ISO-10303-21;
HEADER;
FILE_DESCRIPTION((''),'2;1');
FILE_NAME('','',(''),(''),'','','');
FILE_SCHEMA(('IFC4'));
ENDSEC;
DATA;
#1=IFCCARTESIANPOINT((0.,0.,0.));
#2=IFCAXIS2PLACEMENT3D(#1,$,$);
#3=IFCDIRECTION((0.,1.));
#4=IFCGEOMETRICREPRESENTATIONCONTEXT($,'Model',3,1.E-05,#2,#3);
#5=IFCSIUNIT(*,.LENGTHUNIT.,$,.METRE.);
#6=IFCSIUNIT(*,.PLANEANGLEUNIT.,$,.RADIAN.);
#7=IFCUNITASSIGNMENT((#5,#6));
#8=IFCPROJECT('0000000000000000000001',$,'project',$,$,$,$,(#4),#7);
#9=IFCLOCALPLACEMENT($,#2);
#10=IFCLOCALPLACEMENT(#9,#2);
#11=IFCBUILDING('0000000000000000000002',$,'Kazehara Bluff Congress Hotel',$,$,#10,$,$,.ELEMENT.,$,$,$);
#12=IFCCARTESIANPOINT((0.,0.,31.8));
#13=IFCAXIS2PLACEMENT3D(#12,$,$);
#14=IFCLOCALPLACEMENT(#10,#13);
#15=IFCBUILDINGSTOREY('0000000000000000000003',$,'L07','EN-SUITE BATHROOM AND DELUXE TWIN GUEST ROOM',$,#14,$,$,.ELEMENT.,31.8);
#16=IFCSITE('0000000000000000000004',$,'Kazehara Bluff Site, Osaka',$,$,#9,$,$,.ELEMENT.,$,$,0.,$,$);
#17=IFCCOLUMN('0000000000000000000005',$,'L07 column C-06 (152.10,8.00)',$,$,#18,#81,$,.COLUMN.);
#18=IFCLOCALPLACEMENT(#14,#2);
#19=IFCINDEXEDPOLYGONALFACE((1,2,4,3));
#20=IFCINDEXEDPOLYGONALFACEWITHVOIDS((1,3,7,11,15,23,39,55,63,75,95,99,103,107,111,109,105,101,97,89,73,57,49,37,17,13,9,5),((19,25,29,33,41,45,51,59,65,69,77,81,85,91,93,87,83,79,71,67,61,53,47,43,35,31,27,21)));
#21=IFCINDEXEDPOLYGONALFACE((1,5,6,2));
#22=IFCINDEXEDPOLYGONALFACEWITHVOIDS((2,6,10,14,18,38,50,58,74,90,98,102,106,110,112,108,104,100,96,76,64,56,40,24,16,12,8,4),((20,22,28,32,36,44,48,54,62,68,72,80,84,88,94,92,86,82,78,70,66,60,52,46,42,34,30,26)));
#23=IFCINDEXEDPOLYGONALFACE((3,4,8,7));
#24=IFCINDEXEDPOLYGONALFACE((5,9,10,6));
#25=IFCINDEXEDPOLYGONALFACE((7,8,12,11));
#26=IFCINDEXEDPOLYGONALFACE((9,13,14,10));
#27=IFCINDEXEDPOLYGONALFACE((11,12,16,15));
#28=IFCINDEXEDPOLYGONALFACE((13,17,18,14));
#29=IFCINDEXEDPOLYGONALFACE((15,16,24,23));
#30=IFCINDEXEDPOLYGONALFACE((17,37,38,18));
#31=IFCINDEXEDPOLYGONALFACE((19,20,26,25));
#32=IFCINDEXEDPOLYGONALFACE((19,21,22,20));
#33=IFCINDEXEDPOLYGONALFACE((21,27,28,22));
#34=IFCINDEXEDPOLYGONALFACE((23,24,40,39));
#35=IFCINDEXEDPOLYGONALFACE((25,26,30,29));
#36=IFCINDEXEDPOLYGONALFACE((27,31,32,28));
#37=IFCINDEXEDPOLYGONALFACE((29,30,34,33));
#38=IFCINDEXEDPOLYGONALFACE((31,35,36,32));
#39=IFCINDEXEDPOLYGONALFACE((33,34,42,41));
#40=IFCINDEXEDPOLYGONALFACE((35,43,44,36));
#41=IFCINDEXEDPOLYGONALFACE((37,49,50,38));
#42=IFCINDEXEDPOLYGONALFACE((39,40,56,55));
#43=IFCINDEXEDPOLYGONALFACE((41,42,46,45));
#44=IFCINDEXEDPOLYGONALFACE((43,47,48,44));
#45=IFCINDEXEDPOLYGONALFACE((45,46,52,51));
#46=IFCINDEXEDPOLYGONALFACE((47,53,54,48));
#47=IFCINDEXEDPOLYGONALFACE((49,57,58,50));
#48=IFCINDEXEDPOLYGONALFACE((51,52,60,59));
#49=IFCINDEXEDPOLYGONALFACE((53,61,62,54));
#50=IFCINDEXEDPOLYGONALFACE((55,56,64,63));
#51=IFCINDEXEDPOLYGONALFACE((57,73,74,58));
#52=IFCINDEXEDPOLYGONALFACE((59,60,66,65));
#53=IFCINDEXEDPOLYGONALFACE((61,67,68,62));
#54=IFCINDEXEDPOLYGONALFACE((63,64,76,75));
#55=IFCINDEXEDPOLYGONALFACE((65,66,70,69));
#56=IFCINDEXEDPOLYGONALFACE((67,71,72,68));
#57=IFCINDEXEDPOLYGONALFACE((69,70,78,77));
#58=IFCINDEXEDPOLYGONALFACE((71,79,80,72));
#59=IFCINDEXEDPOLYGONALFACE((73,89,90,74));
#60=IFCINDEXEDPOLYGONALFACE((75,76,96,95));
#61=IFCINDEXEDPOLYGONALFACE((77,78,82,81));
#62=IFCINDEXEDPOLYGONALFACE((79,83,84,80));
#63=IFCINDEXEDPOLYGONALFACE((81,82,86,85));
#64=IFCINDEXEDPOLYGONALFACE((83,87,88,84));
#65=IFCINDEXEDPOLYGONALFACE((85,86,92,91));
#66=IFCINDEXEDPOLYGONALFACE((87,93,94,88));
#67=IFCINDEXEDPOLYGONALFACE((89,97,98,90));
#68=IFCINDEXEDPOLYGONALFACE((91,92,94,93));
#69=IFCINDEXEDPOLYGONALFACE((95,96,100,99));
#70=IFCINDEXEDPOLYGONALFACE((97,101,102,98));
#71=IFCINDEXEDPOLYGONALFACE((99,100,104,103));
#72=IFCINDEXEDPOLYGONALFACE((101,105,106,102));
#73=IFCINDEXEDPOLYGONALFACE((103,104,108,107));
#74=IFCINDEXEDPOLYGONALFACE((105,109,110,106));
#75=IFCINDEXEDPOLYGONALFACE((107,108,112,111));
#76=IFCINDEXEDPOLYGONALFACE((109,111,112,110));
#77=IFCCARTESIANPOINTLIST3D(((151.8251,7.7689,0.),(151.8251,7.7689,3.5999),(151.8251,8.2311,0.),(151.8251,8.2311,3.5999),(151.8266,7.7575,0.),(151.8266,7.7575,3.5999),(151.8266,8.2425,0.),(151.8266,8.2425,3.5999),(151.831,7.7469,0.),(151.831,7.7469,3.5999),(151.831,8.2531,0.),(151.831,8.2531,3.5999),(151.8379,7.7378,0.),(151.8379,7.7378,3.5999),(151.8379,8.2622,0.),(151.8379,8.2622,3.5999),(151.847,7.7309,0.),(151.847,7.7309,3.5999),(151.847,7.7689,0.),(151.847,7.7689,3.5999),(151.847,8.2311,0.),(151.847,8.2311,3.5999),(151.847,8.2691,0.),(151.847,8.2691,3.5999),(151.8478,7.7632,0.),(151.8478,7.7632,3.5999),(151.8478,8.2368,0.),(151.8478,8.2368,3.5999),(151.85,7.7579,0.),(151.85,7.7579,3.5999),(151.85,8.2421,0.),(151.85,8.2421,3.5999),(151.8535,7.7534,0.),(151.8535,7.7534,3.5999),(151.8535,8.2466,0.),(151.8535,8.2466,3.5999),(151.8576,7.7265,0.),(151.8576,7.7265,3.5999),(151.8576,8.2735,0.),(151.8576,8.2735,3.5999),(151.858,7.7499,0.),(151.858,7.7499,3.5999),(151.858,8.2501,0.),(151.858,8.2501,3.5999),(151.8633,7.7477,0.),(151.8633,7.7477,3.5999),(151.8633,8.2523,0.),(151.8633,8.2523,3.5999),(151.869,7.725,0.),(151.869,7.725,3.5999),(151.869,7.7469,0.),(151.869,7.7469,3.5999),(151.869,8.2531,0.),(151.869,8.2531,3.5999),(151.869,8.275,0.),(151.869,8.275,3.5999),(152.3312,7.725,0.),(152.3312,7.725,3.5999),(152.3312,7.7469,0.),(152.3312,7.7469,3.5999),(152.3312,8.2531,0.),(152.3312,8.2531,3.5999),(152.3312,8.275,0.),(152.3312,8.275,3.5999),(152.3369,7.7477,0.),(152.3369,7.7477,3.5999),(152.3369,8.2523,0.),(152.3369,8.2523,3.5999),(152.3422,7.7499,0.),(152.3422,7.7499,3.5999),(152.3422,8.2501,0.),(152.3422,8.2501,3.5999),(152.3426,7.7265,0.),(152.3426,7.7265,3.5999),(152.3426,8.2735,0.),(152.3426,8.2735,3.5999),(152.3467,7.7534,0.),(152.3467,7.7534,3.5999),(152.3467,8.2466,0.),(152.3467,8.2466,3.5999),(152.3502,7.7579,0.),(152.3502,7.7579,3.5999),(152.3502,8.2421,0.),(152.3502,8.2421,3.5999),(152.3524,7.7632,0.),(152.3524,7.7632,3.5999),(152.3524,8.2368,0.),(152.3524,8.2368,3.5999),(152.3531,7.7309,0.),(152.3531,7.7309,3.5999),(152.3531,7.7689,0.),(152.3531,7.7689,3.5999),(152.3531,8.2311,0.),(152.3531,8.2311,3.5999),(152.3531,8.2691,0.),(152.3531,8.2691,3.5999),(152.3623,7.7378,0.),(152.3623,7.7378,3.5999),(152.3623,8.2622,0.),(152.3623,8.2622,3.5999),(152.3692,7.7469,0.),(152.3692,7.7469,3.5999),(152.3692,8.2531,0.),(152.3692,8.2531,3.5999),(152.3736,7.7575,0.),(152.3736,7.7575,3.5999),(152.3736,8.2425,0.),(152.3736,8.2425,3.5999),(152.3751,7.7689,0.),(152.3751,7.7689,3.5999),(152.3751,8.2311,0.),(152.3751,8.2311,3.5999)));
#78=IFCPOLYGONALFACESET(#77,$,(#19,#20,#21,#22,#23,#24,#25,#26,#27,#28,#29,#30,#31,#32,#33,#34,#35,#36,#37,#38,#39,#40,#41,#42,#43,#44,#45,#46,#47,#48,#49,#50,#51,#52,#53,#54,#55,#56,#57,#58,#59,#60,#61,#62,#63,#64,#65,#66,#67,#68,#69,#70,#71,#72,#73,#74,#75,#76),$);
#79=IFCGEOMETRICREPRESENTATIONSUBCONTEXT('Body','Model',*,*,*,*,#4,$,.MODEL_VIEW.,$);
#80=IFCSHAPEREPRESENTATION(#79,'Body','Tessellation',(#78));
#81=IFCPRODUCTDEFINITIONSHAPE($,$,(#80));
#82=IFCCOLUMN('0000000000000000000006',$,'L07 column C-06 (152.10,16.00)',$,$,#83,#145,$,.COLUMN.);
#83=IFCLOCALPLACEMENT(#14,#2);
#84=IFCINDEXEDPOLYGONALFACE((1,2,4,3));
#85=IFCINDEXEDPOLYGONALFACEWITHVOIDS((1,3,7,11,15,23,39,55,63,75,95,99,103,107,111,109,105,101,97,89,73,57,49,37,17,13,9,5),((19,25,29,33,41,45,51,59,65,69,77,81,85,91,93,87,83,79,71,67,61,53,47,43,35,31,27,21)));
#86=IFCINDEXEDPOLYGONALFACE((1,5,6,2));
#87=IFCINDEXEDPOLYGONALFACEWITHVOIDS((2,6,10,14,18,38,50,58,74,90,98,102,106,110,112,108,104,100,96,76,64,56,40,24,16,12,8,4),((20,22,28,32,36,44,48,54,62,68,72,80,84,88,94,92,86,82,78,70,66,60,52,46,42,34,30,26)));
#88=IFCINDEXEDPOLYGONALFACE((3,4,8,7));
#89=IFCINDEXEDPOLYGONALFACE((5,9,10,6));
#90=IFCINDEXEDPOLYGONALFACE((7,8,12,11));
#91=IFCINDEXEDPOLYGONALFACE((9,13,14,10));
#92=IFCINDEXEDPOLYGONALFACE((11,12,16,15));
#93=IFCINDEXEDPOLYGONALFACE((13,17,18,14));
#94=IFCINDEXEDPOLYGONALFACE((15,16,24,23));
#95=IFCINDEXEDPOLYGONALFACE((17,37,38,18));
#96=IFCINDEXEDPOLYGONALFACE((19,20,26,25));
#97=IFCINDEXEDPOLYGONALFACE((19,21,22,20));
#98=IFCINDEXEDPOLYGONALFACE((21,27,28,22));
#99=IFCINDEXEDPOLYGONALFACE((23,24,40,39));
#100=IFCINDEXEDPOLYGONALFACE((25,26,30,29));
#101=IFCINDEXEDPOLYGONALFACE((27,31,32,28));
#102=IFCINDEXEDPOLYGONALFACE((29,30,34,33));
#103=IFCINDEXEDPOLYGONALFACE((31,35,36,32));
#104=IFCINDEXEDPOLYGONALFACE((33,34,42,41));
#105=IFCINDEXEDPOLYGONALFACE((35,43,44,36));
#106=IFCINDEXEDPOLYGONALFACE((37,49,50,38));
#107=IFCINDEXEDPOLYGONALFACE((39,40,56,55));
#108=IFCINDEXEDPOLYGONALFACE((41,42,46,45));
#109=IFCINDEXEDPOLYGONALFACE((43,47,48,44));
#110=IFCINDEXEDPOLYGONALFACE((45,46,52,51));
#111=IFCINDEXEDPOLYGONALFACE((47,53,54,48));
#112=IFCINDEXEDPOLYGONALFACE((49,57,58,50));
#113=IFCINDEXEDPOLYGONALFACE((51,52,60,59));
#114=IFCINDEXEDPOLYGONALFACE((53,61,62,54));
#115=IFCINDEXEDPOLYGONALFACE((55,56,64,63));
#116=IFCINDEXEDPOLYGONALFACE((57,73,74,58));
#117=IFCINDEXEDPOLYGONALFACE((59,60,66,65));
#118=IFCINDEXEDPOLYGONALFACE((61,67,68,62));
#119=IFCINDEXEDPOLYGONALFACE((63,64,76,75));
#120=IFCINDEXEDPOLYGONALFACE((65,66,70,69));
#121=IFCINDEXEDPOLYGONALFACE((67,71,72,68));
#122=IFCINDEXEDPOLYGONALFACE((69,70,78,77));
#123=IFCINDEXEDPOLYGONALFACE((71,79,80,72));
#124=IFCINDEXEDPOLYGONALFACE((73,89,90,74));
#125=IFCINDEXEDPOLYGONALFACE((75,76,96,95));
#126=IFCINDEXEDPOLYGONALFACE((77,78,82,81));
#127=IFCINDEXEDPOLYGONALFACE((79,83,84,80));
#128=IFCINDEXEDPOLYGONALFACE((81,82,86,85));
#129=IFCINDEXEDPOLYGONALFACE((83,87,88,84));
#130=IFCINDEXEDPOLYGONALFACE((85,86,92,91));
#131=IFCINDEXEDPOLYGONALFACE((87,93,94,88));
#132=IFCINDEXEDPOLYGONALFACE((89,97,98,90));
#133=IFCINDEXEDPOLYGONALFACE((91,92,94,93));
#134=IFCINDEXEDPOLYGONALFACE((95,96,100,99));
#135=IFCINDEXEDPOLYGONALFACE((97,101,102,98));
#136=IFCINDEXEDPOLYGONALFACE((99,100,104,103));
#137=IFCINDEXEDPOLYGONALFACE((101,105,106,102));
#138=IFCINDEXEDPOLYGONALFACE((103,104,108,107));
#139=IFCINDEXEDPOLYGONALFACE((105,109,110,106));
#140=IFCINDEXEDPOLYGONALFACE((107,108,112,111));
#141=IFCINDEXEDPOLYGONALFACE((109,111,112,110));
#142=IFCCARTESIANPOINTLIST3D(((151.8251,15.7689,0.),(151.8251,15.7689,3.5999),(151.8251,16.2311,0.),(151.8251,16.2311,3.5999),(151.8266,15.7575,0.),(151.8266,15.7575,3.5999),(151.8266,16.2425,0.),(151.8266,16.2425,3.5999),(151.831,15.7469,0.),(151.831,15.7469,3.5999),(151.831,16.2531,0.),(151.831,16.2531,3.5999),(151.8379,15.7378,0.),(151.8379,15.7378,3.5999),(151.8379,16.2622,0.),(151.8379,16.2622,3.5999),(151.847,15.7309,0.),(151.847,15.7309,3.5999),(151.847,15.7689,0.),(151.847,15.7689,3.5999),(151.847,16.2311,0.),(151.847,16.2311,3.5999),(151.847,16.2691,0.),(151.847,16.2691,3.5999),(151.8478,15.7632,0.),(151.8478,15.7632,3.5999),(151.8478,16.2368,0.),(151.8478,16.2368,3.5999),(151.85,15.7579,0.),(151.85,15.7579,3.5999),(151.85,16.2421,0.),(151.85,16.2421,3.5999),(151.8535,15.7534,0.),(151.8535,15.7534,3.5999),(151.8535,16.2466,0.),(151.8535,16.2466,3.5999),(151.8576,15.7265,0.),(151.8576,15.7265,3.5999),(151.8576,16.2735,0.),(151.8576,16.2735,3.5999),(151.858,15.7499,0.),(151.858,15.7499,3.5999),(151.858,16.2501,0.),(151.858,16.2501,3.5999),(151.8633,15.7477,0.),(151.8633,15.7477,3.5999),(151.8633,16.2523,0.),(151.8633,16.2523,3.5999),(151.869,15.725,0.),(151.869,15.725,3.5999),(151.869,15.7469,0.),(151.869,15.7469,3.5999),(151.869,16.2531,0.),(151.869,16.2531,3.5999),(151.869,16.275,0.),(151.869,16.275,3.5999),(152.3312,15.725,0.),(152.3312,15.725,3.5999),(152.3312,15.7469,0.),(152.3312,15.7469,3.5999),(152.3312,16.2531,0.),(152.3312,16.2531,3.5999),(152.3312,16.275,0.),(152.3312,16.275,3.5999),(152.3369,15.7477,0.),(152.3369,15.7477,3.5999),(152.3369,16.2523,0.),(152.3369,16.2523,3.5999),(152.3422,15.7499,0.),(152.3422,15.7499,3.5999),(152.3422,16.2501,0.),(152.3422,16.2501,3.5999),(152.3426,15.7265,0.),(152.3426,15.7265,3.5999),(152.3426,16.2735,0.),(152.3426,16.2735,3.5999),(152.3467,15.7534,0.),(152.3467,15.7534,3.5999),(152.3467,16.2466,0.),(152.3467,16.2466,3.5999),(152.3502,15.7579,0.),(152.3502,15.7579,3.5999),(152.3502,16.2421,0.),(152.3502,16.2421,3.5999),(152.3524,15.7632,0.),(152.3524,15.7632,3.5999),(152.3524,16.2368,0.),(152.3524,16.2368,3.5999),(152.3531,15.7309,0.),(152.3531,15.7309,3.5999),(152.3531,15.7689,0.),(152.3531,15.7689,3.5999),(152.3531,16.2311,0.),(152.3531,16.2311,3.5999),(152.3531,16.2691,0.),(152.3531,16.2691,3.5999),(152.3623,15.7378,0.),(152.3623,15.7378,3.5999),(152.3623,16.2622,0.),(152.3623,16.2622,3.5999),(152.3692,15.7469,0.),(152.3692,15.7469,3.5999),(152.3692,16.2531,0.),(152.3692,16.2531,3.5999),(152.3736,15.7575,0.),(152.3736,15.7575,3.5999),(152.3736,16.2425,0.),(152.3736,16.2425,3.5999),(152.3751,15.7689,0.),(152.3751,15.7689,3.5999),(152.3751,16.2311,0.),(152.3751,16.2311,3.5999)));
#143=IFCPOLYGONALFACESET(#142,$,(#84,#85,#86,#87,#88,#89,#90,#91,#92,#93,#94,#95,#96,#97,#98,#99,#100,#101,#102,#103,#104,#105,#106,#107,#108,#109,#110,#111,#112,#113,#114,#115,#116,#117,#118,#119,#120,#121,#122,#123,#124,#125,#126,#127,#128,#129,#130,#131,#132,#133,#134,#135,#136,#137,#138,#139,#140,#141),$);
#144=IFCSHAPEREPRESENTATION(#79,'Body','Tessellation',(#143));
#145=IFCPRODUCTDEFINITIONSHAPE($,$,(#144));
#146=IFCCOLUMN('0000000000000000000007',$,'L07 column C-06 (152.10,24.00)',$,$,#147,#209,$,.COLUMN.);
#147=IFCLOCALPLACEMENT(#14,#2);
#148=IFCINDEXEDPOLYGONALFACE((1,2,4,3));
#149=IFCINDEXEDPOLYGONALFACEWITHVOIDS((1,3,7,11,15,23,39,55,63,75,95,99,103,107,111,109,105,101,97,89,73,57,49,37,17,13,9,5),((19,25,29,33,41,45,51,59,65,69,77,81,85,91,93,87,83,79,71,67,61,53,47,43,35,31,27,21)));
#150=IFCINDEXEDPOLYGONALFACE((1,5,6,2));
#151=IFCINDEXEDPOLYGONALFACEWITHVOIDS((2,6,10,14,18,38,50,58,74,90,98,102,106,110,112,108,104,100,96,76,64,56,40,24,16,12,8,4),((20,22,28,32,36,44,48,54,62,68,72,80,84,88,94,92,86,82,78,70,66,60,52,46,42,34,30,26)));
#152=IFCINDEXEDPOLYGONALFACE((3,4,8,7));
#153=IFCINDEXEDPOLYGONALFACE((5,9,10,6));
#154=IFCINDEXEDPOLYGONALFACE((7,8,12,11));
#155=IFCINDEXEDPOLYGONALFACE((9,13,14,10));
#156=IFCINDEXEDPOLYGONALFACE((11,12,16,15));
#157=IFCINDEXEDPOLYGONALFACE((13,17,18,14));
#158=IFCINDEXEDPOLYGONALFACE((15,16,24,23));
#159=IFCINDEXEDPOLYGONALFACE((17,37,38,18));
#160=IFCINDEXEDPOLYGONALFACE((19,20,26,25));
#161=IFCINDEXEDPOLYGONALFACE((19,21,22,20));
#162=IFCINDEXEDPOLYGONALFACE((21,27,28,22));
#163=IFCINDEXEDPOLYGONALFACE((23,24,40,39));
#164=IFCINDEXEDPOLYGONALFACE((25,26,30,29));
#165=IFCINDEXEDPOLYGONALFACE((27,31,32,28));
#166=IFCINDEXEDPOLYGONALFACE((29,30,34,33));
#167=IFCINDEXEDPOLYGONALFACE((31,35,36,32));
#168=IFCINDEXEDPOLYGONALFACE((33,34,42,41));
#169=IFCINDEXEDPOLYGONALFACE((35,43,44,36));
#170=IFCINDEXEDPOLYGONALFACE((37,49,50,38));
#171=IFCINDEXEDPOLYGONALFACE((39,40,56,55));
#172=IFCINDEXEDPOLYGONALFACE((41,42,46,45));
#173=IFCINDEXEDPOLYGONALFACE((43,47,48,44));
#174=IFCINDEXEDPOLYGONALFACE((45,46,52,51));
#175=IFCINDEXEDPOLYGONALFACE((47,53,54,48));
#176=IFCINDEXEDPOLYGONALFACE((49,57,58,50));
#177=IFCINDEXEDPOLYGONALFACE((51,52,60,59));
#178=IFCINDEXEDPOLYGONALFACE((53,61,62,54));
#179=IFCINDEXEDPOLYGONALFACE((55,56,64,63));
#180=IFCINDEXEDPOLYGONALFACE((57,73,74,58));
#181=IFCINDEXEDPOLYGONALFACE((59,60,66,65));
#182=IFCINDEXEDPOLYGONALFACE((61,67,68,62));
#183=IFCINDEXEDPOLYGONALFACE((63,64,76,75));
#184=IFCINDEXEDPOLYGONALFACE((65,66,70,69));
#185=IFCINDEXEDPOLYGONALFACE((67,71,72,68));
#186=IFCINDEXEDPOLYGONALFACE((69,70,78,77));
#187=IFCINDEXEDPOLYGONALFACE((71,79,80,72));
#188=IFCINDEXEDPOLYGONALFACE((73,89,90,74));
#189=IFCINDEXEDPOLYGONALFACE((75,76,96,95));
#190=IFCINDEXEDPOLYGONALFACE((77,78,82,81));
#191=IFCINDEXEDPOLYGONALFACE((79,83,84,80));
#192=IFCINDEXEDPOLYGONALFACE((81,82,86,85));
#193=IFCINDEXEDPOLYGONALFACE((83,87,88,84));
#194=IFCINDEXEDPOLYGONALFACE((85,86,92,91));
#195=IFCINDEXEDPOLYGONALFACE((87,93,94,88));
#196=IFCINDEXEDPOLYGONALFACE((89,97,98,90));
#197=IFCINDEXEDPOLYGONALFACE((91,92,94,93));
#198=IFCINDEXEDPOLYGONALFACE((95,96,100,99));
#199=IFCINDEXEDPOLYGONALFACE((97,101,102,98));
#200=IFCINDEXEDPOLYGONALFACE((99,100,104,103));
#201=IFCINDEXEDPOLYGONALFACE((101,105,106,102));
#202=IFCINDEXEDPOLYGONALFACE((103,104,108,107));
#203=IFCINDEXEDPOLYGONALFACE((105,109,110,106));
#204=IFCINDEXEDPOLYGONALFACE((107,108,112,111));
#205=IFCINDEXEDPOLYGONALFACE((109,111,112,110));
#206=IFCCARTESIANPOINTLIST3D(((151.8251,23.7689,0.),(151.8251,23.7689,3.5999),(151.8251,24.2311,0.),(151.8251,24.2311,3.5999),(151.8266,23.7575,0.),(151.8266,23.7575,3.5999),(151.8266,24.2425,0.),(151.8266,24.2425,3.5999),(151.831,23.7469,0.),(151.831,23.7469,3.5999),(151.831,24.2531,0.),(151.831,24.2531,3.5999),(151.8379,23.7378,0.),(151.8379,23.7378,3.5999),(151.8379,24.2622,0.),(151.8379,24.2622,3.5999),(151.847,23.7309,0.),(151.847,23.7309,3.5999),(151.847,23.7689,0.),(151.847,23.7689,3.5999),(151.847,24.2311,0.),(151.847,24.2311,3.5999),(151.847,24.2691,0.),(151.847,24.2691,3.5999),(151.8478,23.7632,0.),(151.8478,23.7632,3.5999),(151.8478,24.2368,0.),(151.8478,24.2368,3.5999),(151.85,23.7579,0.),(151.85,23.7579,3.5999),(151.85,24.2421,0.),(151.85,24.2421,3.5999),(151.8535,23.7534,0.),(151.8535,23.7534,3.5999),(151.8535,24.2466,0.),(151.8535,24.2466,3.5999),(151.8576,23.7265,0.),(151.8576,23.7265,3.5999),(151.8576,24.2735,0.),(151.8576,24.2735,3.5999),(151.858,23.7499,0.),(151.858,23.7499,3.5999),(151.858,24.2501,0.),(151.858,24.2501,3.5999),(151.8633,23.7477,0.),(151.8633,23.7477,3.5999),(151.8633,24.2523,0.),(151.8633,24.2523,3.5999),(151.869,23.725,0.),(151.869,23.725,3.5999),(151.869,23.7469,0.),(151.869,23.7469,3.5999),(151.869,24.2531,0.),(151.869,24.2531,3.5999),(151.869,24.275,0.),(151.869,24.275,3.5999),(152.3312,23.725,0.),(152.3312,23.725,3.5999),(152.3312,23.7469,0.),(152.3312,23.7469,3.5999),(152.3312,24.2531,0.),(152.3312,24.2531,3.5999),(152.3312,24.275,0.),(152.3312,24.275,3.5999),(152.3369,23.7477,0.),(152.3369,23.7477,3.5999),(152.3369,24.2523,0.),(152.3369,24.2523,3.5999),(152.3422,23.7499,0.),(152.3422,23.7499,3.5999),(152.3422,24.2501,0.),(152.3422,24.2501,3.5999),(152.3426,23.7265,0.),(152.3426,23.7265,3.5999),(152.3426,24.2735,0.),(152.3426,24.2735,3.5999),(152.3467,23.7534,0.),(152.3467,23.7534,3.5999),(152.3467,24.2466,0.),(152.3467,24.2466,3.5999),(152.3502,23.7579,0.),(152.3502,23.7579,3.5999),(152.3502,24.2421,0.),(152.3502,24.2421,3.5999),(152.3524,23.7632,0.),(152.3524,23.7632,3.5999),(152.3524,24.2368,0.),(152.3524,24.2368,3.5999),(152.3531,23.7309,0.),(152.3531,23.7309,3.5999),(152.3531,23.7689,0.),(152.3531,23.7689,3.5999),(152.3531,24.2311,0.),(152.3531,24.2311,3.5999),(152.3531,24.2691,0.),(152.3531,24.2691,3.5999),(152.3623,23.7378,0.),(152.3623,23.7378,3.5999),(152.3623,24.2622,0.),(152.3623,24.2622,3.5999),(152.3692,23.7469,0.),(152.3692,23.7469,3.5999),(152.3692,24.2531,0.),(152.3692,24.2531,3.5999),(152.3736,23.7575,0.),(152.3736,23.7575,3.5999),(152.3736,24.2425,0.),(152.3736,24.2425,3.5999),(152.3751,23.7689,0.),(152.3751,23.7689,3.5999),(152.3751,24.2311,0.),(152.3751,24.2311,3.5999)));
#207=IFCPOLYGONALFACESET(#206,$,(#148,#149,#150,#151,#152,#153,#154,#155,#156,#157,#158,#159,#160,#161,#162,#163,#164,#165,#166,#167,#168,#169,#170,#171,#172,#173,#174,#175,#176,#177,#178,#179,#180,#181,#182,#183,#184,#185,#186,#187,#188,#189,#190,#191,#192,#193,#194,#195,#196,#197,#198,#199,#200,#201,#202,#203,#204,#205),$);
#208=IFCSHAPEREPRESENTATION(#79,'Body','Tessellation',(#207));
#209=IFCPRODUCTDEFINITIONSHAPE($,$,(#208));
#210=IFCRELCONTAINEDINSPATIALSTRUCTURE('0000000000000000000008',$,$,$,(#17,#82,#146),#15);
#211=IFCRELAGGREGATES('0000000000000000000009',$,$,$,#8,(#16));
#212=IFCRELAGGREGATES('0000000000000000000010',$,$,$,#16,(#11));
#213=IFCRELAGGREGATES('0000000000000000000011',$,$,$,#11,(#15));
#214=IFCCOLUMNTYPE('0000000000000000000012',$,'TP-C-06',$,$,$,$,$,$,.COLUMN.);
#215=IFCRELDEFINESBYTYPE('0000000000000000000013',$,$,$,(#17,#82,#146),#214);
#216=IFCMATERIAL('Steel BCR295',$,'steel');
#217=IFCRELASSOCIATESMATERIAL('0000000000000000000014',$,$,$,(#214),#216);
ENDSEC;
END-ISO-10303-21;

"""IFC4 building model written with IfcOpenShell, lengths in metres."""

from ifc_helpers import new_model, si_unit, direction, frame, origin, origin_2d, place, context, subcontext, project, spatial, hollow_rectangle, extrude, material, material_profile, profile_set, type_object, element, save


model = new_model("IFC4")

# Units and contexts
model_context = context("Model", 3, precision=1e-05, world=origin(), true_north=direction((0.0, 1.0)))
body_context = subcontext(model_context, "Body", "Model", "MODEL_VIEW")
ifc_project = project(units=[si_unit("LENGTHUNIT", "METRE"), si_unit("PLANEANGLEUNIT", "RADIAN")], contexts=[model_context])

# Site, building, storey
site_placement = place(None, origin())
site = spatial("IfcSite", under=ifc_project, at=site_placement, Name="Kazehara Bluff Site, Osaka", CompositionType="ELEMENT", RefElevation=0.0)
building_placement = place(site_placement, origin())
building = spatial("IfcBuilding", under=site, at=building_placement, Name="Kazehara Bluff Congress Hotel", CompositionType="ELEMENT")
storey_placement = place(building_placement, frame((0.0, 0.0, 31.8)))
storey = spatial("IfcBuildingStorey", under=building, at=storey_placement, Name="L07", Description="EN-SUITE BATHROOM AND DELUXE TWIN GUEST ROOM", CompositionType="ELEMENT", Elevation=31.8)

# Columns
ifc_material_1 = material(Name="Steel BCR295", Category="steel")
ifc_material_profile_1 = material_profile(ifc_material_1, hollow_rectangle(XDim=0.55, YDim=0.55, WallThickness=0.022, InnerFilletRadius=0.022, OuterFilletRadius=0.0439, at=origin_2d()))
ifc_profile_set_1 = profile_set([ifc_material_profile_1], Name="Steel BCR295")
column_type = type_object("IfcColumnType", Name="TP-C-06", PredefinedType="COLUMN", material=ifc_profile_set_1)
for number, where, z_axis, x_axis, name in (
    (1, (152.1001, 8.0, 0.0), (0.0, 0.0, 1.0), (1.0, 0.0, 0.0), "L07 column C-06 (152.10,8.00)"),
    (2, (152.1001, 16.0, 0.0), (0.0, 0.0, 1.0), (1.0, 0.0, 0.0), "L07 column C-06 (152.10,16.00)"),
    (3, (152.1001, 24.0, 0.0), (0.0, 0.0, 1.0), (1.0, 0.0, 0.0), "L07 column C-06 (152.10,24.00)"),
):
    element("IfcColumn", number, at=place(storey_placement, frame(where, z_axis=z_axis, x_axis=x_axis)), inside=storey, type_object=column_type, Name=name, PredefinedType="COLUMN", context=body_context, shape_type="SweptSolid", body=[
        extrude(hollow_rectangle(XDim=0.55, YDim=0.55, WallThickness=0.022, InnerFilletRadius=0.022, OuterFilletRadius=0.0439, at=origin_2d()), origin(), (0.0, 0.0, 1.0), 3.5999),
    ])

save(model, "model.ifc")
